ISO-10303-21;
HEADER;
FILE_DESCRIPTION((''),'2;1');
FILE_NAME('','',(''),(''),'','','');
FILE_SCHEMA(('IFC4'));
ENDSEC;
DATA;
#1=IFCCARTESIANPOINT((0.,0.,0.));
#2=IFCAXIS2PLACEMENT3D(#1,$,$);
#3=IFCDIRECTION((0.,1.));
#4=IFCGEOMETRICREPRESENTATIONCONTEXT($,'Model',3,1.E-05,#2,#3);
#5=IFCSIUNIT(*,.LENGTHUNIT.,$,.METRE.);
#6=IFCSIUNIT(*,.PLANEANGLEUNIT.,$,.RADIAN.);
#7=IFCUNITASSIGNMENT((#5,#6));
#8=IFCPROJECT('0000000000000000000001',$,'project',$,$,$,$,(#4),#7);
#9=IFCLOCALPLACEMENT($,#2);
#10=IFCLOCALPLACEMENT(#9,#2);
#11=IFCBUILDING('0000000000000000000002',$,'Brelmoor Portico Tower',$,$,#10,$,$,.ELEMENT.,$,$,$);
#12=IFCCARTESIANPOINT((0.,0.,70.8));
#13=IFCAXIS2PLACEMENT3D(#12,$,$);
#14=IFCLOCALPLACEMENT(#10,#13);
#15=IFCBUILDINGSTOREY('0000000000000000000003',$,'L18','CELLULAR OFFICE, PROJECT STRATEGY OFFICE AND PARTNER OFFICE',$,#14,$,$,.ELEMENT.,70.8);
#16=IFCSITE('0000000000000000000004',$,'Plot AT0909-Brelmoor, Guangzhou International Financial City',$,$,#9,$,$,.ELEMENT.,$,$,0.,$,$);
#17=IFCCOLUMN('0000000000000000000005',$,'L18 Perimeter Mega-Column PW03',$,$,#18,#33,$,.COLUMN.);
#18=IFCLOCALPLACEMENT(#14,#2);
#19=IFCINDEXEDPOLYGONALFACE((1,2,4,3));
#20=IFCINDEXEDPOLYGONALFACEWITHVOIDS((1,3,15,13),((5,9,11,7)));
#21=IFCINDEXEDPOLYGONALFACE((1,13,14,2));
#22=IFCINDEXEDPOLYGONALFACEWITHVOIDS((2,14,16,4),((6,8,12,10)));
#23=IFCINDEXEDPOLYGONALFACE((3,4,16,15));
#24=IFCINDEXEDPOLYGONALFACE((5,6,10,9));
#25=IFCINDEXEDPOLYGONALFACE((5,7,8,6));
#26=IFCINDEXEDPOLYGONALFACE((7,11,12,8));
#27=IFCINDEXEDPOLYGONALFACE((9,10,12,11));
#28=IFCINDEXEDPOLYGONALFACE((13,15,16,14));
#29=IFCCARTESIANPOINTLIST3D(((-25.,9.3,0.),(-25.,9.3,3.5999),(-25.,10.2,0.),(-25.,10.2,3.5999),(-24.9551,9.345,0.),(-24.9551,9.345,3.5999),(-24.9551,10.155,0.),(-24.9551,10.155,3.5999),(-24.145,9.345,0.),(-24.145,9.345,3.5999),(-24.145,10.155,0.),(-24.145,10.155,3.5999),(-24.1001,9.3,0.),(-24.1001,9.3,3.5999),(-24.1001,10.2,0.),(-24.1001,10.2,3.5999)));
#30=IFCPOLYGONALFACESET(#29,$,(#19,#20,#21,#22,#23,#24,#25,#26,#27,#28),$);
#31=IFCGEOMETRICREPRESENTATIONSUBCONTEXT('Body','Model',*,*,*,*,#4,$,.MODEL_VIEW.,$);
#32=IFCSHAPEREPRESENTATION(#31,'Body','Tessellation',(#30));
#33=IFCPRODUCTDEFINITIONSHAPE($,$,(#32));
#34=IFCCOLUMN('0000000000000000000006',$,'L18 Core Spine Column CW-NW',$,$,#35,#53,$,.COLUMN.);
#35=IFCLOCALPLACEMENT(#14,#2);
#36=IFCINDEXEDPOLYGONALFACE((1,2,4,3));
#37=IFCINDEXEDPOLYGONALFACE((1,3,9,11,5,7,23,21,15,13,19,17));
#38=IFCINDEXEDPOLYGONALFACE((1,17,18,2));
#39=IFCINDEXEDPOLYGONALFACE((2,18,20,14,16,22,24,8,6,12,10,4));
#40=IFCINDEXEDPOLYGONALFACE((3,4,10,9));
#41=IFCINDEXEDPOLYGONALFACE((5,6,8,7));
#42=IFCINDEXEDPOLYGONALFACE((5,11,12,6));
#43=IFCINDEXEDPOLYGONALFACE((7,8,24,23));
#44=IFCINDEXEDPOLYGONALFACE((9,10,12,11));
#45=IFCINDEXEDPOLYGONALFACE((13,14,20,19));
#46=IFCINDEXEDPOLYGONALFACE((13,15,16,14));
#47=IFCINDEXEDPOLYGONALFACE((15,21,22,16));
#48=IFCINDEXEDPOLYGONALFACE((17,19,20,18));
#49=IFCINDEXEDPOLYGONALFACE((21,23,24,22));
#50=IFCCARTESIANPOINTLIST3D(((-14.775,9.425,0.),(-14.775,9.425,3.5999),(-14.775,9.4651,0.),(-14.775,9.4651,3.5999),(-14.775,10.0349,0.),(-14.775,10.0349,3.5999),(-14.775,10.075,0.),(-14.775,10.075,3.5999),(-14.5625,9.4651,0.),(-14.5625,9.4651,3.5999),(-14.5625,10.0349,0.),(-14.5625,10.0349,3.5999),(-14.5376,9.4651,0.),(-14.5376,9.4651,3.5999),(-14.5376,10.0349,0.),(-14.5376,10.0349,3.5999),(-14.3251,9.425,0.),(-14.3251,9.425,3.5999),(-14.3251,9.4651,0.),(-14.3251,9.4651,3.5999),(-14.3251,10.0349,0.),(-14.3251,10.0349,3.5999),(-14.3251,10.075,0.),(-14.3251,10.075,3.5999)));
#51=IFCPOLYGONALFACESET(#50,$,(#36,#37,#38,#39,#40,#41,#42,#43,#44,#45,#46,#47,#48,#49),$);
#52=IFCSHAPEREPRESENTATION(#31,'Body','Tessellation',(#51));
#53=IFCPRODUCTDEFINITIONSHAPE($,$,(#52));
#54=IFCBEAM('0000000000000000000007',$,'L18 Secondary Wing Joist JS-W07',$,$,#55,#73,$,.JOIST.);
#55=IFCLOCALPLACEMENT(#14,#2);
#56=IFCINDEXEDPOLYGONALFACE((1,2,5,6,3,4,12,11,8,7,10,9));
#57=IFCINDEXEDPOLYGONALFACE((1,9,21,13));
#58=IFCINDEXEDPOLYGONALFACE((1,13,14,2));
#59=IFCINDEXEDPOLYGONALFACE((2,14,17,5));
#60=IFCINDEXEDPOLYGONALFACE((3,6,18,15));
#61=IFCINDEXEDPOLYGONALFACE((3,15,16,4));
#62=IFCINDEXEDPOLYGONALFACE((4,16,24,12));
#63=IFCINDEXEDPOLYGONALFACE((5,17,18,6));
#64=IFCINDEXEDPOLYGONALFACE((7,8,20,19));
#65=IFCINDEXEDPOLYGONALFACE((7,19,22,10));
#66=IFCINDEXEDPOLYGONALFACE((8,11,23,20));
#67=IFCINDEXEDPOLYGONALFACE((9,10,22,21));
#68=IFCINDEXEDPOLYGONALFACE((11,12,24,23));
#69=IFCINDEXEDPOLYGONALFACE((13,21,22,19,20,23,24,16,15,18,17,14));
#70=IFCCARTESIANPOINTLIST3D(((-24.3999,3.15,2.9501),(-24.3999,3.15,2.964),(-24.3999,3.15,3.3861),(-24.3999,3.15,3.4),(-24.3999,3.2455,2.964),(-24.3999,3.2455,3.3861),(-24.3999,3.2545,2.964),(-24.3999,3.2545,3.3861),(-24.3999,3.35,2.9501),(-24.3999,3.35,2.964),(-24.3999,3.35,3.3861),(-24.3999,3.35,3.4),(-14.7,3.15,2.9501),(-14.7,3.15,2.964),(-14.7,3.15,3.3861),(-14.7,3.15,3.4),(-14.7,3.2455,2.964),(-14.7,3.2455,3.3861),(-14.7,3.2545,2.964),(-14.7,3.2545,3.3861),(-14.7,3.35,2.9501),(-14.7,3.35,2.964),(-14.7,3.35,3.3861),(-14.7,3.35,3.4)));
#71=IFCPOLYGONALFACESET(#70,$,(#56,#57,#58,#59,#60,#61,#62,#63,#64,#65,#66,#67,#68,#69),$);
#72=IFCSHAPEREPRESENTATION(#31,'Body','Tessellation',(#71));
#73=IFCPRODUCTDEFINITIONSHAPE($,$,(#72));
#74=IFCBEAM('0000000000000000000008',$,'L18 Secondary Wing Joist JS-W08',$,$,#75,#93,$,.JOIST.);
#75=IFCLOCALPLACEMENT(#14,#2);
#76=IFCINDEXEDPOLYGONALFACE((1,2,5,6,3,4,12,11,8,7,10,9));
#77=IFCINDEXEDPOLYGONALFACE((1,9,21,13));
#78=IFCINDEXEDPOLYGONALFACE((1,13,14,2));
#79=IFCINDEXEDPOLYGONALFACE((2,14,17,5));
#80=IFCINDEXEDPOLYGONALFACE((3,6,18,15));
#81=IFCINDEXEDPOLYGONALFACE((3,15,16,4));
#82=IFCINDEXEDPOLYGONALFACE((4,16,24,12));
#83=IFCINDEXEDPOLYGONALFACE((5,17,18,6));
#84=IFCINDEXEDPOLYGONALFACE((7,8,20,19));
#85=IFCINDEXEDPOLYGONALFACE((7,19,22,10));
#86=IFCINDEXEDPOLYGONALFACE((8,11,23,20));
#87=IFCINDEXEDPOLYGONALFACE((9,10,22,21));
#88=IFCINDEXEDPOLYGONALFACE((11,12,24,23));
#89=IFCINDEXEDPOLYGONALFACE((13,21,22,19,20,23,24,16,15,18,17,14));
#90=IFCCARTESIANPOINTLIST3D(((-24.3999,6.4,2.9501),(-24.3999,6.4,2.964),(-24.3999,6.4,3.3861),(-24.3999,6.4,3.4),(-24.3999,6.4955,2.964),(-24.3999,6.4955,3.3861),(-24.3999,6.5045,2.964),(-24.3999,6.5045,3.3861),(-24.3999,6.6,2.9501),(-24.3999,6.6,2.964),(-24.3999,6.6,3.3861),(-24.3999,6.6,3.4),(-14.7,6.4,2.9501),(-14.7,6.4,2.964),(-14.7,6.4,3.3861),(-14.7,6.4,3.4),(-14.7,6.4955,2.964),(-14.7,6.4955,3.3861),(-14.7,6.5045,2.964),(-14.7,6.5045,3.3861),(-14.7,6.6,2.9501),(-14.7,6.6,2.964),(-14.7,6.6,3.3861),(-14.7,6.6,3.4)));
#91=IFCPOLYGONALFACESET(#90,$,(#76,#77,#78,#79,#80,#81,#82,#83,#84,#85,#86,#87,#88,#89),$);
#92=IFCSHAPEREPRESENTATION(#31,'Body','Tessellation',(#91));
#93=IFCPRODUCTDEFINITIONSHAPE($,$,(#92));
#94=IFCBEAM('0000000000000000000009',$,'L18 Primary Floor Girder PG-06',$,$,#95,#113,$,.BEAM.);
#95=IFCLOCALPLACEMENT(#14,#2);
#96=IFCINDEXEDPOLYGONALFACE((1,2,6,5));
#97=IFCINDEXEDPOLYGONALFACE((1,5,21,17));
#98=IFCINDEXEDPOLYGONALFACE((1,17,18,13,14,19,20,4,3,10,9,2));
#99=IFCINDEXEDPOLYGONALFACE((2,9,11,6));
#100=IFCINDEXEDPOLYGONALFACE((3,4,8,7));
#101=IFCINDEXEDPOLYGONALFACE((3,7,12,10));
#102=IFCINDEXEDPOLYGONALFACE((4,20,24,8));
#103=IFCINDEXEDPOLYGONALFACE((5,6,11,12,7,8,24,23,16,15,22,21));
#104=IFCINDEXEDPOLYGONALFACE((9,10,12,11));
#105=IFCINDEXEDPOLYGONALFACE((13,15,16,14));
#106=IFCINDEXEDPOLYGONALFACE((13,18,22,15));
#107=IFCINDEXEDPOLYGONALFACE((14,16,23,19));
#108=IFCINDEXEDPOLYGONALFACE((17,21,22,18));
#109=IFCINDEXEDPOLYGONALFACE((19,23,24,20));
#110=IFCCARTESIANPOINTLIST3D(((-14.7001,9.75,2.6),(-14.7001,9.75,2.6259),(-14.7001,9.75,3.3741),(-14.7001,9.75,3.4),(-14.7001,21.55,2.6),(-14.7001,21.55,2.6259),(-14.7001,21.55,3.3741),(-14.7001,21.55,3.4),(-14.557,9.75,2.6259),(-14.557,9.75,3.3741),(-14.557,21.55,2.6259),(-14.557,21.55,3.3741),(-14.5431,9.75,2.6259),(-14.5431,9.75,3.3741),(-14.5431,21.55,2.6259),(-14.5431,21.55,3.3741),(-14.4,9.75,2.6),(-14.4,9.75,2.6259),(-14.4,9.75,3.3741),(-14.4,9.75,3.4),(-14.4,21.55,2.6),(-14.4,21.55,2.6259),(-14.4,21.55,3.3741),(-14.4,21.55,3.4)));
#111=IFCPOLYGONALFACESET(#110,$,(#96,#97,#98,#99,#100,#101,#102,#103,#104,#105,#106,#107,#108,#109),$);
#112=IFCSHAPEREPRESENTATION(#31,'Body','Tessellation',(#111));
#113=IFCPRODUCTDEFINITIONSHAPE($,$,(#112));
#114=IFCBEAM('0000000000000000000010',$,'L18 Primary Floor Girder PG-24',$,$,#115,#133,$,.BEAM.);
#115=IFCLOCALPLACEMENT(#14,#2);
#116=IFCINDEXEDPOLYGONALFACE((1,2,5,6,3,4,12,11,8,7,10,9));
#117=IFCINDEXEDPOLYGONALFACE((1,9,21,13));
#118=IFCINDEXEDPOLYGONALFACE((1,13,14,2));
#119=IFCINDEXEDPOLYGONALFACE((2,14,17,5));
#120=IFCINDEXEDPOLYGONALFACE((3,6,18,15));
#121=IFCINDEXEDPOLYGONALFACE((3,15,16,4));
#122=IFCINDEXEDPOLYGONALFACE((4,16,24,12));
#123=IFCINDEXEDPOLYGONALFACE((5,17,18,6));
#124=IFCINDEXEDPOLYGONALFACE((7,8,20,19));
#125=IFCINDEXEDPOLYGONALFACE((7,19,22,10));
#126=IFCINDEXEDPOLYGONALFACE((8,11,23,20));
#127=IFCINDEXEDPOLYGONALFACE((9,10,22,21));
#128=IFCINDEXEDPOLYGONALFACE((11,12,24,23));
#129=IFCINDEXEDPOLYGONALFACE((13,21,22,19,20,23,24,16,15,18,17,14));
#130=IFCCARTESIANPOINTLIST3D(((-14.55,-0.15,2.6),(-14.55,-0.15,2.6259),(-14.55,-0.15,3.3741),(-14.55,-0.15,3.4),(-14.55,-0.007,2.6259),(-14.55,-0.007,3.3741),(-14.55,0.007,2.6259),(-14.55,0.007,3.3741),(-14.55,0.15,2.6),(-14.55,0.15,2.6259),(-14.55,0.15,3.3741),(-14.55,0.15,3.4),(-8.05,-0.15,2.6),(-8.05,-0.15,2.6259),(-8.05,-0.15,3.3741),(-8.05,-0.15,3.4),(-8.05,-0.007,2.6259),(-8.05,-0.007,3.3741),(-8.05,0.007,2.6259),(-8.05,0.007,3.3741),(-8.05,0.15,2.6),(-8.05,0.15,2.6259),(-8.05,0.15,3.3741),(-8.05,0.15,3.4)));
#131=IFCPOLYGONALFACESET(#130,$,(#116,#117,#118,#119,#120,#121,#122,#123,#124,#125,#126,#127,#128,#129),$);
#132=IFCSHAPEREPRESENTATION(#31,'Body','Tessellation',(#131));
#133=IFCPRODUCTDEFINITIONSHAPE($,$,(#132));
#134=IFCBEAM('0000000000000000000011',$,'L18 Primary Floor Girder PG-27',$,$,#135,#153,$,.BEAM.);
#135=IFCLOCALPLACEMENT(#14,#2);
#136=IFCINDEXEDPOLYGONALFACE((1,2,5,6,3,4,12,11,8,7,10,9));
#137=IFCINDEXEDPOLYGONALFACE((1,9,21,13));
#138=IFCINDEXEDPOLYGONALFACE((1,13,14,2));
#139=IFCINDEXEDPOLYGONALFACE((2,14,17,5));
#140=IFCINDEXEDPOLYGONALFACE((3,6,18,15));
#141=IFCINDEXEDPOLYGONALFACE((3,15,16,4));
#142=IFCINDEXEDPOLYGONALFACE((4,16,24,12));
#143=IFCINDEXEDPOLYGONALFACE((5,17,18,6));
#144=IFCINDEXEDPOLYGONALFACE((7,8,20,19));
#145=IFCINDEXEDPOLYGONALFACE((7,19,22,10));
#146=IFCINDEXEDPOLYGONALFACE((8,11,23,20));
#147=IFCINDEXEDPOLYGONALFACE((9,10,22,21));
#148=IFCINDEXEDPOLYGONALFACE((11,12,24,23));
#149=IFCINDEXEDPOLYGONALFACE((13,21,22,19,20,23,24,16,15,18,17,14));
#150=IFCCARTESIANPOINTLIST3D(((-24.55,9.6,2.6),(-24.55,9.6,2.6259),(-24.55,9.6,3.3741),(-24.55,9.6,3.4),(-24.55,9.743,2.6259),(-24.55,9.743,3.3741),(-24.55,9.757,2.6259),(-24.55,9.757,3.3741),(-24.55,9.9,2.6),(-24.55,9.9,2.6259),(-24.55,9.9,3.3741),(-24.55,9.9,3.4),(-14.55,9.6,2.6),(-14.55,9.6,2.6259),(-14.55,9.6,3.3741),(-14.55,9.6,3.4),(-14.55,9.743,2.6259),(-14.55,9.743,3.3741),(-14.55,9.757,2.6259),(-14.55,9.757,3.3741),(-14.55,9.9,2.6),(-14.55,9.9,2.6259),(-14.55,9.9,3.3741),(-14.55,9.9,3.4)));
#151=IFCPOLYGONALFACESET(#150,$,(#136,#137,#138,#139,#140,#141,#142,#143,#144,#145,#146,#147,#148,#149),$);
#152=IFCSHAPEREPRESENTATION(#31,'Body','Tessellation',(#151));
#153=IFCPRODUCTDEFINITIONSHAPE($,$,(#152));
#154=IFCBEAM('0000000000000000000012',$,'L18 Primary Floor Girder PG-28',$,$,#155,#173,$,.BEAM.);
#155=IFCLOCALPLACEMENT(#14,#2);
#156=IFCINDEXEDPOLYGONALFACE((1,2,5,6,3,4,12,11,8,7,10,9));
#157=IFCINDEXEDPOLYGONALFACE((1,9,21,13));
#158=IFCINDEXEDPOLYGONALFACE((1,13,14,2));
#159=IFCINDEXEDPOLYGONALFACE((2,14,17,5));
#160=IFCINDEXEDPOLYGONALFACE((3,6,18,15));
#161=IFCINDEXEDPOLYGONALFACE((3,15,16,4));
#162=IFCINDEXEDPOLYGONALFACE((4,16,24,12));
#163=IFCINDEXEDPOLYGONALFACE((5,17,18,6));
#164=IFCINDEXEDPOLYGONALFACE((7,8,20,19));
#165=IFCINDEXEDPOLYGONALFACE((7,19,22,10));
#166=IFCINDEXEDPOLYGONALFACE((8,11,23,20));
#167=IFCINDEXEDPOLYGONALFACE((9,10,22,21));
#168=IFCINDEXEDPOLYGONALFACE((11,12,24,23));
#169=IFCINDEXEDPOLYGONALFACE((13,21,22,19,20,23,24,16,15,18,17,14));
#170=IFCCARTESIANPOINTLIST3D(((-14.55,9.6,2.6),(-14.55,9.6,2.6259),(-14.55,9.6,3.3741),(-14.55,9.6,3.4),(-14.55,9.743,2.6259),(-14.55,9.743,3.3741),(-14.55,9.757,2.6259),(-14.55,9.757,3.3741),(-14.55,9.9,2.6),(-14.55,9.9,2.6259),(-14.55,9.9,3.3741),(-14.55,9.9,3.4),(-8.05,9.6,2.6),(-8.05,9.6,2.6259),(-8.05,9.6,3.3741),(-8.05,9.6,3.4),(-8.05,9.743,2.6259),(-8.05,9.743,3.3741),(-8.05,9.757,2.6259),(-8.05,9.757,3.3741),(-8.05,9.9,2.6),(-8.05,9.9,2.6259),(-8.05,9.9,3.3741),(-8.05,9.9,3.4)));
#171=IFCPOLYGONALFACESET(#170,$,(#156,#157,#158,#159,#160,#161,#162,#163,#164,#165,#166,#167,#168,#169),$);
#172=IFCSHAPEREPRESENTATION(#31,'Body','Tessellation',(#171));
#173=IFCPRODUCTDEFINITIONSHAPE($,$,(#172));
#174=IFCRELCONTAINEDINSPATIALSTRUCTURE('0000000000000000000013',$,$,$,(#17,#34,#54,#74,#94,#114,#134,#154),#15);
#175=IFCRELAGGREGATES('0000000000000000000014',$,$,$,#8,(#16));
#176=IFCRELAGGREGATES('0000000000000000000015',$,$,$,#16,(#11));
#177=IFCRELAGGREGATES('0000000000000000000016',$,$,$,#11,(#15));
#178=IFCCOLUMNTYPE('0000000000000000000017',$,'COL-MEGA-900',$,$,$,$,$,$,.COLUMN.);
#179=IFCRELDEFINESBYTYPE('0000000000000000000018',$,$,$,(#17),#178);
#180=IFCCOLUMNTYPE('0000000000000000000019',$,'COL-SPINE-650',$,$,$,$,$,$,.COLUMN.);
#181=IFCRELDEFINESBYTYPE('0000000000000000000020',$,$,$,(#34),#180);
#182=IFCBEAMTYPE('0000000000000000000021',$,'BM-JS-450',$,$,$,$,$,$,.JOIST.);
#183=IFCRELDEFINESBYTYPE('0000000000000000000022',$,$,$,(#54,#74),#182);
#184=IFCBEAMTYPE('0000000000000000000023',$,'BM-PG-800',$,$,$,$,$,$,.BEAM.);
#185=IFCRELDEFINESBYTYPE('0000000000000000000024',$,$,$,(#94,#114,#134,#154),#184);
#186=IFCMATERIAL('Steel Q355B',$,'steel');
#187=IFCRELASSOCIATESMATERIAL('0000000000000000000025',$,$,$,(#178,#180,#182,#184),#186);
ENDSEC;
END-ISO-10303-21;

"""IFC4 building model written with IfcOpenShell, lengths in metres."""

from ifc_helpers import new_model, si_unit, direction, frame, origin, origin_2d, place, context, subcontext, project, spatial, hollow_rectangle, i_section, extrude, material, material_profile, profile_set, type_object, element, save


model = new_model("IFC4")

# Units and contexts
model_context = context("Model", 3, precision=1e-05, world=origin(), true_north=direction((0.0, 1.0)))
body_context = subcontext(model_context, "Body", "Model", "MODEL_VIEW")
ifc_project = project(units=[si_unit("LENGTHUNIT", "METRE"), si_unit("PLANEANGLEUNIT", "RADIAN")], contexts=[model_context])

# Site, building, storey
site_placement = place(None, origin())
site = spatial("IfcSite", under=ifc_project, at=site_placement, Name="Plot AT0909-Brelmoor, Guangzhou International Financial City", CompositionType="ELEMENT", RefElevation=0.0)
building_placement = place(site_placement, origin())
building = spatial("IfcBuilding", under=site, at=building_placement, Name="Brelmoor Portico Tower", CompositionType="ELEMENT")
storey_placement = place(building_placement, frame((0.0, 0.0, 70.8)))
storey = spatial("IfcBuildingStorey", under=building, at=storey_placement, Name="L18", Description="CELLULAR OFFICE, PROJECT STRATEGY OFFICE AND PARTNER OFFICE", CompositionType="ELEMENT", Elevation=70.8)

# Columns
ifc_material_1 = material(Name="Steel Q355B", Category="steel")
ifc_material_profile_1 = material_profile(ifc_material_1, hollow_rectangle(XDim=0.8999, YDim=0.8999, WallThickness=0.0449, at=origin_2d()), Name="BOX 900x900x45")
ifc_profile_set_1 = profile_set([ifc_material_profile_1], Name="Steel Q355B")
column_type_1 = type_object("IfcColumnType", Name="COL-MEGA-900", PredefinedType="COLUMN", material=ifc_profile_set_1)
column_1_placement = place(storey_placement, frame((-24.55, 9.75, 0.0), z_axis=(0.0, 0.0, 1.0), x_axis=(0.0, 1.0, 0.0)))
element("IfcColumn", 1, at=column_1_placement, inside=storey, type_object=column_type_1, Name="L18 Perimeter Mega-Column PW03", PredefinedType="COLUMN", context=body_context, shape_type="SweptSolid", body=[
    extrude(hollow_rectangle(XDim=0.8999, YDim=0.8999, WallThickness=0.0449, at=origin_2d()), origin(), (0.0, 0.0, 1.0), 3.5999),
])
ifc_material_profile_2 = material_profile(ifc_material_1, i_section(OverallWidth=0.45, OverallDepth=0.6499, WebThickness=0.0249, FlangeThickness=0.04, at=origin_2d()), Name="HW 650x450x25x40")
ifc_profile_set_2 = profile_set([ifc_material_profile_2], Name="Steel Q355B")
column_type_2 = type_object("IfcColumnType", Name="COL-SPINE-650", PredefinedType="COLUMN", material=ifc_profile_set_2)
column_2_placement = place(storey_placement, frame((-14.55, 9.75, 0.0), z_axis=(0.0, 0.0, 1.0), x_axis=(1.0, 0.0, 0.0)))
element("IfcColumn", 2, at=column_2_placement, inside=storey, type_object=column_type_2, Name="L18 Core Spine Column CW-NW", PredefinedType="COLUMN", context=body_context, shape_type="SweptSolid", body=[
    extrude(i_section(OverallWidth=0.45, OverallDepth=0.6499, WebThickness=0.0249, FlangeThickness=0.04, at=origin_2d()), origin(), (0.0, 0.0, 1.0), 3.5999),
])

# Beams
ifc_material_profile_3 = material_profile(ifc_material_1, i_section(OverallWidth=0.2, OverallDepth=0.45, WebThickness=0.009, FlangeThickness=0.0139, at=origin_2d()), Name="HN 450x200x9x14")
ifc_profile_set_3 = profile_set([ifc_material_profile_3], Name="Steel Q355B")
beam_type_1 = type_object("IfcBeamType", Name="BM-JS-450", PredefinedType="JOIST", material=ifc_profile_set_3)
for number, where, z_axis, x_axis, name in (
    (3, (-24.3999, 3.25, 3.175), (1.0, 0.0, 0.0), (0.0, 1.0, 0.0), "L18 Secondary Wing Joist JS-W07"),
    (4, (-24.3999, 6.5, 3.175), (1.0, 0.0, 0.0), (0.0, 1.0, 0.0), "L18 Secondary Wing Joist JS-W08"),
):
    element("IfcBeam", number, at=place(storey_placement, frame(where, z_axis=z_axis, x_axis=x_axis)), inside=storey, type_object=beam_type_1, Name=name, PredefinedType="JOIST", context=body_context, shape_type="SweptSolid", body=[
        extrude(i_section(OverallWidth=0.2, OverallDepth=0.45, WebThickness=0.009, FlangeThickness=0.0139, at=origin_2d()), origin(), (0.0, 0.0, 1.0), 9.7),
    ])
ifc_material_profile_4 = material_profile(ifc_material_1, i_section(OverallWidth=0.3, OverallDepth=0.8, WebThickness=0.0139, FlangeThickness=0.0259, at=origin_2d()), Name="HN 800x300x14x26")
ifc_profile_set_4 = profile_set([ifc_material_profile_4], Name="Steel Q355B")
beam_type_2 = type_object("IfcBeamType", Name="BM-PG-800", PredefinedType="BEAM", material=ifc_profile_set_4)
beam_1_placement = place(storey_placement, frame((-14.55, 9.75, 3.0), z_axis=(0.0, 1.0, 0.0), x_axis=(-1.0, 0.0, 0.0)))
element("IfcBeam", 5, at=beam_1_placement, inside=storey, type_object=beam_type_2, Name="L18 Primary Floor Girder PG-06", PredefinedType="BEAM", context=body_context, shape_type="SweptSolid", body=[
    extrude(i_section(OverallWidth=0.3, OverallDepth=0.8, WebThickness=0.0139, FlangeThickness=0.0259, at=origin_2d()), origin(), (0.0, 0.0, 1.0), 11.8),
])
beam_2_placement = place(storey_placement, frame((-14.55, 0.0, 3.0), z_axis=(1.0, 0.0, 0.0), x_axis=(0.0, 1.0, 0.0)))
element("IfcBeam", 6, at=beam_2_placement, inside=storey, type_object=beam_type_2, Name="L18 Primary Floor Girder PG-24", PredefinedType="BEAM", context=body_context, shape_type="SweptSolid", body=[
    extrude(i_section(OverallWidth=0.3, OverallDepth=0.8, WebThickness=0.0139, FlangeThickness=0.0259, at=origin_2d()), origin(), (0.0, 0.0, 1.0), 6.5),
])
beam_3_placement = place(storey_placement, frame((-24.55, 9.75, 3.0), z_axis=(1.0, 0.0, 0.0), x_axis=(0.0, 1.0, 0.0)))
element("IfcBeam", 7, at=beam_3_placement, inside=storey, type_object=beam_type_2, Name="L18 Primary Floor Girder PG-27", PredefinedType="BEAM", context=body_context, shape_type="SweptSolid", body=[
    extrude(i_section(OverallWidth=0.3, OverallDepth=0.8, WebThickness=0.0139, FlangeThickness=0.0259, at=origin_2d()), origin(), (0.0, 0.0, 1.0), 10.0),
])
beam_4_placement = place(storey_placement, frame((-14.55, 9.75, 3.0), z_axis=(1.0, 0.0, 0.0), x_axis=(0.0, 1.0, 0.0)))
element("IfcBeam", 8, at=beam_4_placement, inside=storey, type_object=beam_type_2, Name="L18 Primary Floor Girder PG-28", PredefinedType="BEAM", context=body_context, shape_type="SweptSolid", body=[
    extrude(i_section(OverallWidth=0.3, OverallDepth=0.8, WebThickness=0.0139, FlangeThickness=0.0259, at=origin_2d()), origin(), (0.0, 0.0, 1.0), 6.5),
])

save(model, "model.ifc")
